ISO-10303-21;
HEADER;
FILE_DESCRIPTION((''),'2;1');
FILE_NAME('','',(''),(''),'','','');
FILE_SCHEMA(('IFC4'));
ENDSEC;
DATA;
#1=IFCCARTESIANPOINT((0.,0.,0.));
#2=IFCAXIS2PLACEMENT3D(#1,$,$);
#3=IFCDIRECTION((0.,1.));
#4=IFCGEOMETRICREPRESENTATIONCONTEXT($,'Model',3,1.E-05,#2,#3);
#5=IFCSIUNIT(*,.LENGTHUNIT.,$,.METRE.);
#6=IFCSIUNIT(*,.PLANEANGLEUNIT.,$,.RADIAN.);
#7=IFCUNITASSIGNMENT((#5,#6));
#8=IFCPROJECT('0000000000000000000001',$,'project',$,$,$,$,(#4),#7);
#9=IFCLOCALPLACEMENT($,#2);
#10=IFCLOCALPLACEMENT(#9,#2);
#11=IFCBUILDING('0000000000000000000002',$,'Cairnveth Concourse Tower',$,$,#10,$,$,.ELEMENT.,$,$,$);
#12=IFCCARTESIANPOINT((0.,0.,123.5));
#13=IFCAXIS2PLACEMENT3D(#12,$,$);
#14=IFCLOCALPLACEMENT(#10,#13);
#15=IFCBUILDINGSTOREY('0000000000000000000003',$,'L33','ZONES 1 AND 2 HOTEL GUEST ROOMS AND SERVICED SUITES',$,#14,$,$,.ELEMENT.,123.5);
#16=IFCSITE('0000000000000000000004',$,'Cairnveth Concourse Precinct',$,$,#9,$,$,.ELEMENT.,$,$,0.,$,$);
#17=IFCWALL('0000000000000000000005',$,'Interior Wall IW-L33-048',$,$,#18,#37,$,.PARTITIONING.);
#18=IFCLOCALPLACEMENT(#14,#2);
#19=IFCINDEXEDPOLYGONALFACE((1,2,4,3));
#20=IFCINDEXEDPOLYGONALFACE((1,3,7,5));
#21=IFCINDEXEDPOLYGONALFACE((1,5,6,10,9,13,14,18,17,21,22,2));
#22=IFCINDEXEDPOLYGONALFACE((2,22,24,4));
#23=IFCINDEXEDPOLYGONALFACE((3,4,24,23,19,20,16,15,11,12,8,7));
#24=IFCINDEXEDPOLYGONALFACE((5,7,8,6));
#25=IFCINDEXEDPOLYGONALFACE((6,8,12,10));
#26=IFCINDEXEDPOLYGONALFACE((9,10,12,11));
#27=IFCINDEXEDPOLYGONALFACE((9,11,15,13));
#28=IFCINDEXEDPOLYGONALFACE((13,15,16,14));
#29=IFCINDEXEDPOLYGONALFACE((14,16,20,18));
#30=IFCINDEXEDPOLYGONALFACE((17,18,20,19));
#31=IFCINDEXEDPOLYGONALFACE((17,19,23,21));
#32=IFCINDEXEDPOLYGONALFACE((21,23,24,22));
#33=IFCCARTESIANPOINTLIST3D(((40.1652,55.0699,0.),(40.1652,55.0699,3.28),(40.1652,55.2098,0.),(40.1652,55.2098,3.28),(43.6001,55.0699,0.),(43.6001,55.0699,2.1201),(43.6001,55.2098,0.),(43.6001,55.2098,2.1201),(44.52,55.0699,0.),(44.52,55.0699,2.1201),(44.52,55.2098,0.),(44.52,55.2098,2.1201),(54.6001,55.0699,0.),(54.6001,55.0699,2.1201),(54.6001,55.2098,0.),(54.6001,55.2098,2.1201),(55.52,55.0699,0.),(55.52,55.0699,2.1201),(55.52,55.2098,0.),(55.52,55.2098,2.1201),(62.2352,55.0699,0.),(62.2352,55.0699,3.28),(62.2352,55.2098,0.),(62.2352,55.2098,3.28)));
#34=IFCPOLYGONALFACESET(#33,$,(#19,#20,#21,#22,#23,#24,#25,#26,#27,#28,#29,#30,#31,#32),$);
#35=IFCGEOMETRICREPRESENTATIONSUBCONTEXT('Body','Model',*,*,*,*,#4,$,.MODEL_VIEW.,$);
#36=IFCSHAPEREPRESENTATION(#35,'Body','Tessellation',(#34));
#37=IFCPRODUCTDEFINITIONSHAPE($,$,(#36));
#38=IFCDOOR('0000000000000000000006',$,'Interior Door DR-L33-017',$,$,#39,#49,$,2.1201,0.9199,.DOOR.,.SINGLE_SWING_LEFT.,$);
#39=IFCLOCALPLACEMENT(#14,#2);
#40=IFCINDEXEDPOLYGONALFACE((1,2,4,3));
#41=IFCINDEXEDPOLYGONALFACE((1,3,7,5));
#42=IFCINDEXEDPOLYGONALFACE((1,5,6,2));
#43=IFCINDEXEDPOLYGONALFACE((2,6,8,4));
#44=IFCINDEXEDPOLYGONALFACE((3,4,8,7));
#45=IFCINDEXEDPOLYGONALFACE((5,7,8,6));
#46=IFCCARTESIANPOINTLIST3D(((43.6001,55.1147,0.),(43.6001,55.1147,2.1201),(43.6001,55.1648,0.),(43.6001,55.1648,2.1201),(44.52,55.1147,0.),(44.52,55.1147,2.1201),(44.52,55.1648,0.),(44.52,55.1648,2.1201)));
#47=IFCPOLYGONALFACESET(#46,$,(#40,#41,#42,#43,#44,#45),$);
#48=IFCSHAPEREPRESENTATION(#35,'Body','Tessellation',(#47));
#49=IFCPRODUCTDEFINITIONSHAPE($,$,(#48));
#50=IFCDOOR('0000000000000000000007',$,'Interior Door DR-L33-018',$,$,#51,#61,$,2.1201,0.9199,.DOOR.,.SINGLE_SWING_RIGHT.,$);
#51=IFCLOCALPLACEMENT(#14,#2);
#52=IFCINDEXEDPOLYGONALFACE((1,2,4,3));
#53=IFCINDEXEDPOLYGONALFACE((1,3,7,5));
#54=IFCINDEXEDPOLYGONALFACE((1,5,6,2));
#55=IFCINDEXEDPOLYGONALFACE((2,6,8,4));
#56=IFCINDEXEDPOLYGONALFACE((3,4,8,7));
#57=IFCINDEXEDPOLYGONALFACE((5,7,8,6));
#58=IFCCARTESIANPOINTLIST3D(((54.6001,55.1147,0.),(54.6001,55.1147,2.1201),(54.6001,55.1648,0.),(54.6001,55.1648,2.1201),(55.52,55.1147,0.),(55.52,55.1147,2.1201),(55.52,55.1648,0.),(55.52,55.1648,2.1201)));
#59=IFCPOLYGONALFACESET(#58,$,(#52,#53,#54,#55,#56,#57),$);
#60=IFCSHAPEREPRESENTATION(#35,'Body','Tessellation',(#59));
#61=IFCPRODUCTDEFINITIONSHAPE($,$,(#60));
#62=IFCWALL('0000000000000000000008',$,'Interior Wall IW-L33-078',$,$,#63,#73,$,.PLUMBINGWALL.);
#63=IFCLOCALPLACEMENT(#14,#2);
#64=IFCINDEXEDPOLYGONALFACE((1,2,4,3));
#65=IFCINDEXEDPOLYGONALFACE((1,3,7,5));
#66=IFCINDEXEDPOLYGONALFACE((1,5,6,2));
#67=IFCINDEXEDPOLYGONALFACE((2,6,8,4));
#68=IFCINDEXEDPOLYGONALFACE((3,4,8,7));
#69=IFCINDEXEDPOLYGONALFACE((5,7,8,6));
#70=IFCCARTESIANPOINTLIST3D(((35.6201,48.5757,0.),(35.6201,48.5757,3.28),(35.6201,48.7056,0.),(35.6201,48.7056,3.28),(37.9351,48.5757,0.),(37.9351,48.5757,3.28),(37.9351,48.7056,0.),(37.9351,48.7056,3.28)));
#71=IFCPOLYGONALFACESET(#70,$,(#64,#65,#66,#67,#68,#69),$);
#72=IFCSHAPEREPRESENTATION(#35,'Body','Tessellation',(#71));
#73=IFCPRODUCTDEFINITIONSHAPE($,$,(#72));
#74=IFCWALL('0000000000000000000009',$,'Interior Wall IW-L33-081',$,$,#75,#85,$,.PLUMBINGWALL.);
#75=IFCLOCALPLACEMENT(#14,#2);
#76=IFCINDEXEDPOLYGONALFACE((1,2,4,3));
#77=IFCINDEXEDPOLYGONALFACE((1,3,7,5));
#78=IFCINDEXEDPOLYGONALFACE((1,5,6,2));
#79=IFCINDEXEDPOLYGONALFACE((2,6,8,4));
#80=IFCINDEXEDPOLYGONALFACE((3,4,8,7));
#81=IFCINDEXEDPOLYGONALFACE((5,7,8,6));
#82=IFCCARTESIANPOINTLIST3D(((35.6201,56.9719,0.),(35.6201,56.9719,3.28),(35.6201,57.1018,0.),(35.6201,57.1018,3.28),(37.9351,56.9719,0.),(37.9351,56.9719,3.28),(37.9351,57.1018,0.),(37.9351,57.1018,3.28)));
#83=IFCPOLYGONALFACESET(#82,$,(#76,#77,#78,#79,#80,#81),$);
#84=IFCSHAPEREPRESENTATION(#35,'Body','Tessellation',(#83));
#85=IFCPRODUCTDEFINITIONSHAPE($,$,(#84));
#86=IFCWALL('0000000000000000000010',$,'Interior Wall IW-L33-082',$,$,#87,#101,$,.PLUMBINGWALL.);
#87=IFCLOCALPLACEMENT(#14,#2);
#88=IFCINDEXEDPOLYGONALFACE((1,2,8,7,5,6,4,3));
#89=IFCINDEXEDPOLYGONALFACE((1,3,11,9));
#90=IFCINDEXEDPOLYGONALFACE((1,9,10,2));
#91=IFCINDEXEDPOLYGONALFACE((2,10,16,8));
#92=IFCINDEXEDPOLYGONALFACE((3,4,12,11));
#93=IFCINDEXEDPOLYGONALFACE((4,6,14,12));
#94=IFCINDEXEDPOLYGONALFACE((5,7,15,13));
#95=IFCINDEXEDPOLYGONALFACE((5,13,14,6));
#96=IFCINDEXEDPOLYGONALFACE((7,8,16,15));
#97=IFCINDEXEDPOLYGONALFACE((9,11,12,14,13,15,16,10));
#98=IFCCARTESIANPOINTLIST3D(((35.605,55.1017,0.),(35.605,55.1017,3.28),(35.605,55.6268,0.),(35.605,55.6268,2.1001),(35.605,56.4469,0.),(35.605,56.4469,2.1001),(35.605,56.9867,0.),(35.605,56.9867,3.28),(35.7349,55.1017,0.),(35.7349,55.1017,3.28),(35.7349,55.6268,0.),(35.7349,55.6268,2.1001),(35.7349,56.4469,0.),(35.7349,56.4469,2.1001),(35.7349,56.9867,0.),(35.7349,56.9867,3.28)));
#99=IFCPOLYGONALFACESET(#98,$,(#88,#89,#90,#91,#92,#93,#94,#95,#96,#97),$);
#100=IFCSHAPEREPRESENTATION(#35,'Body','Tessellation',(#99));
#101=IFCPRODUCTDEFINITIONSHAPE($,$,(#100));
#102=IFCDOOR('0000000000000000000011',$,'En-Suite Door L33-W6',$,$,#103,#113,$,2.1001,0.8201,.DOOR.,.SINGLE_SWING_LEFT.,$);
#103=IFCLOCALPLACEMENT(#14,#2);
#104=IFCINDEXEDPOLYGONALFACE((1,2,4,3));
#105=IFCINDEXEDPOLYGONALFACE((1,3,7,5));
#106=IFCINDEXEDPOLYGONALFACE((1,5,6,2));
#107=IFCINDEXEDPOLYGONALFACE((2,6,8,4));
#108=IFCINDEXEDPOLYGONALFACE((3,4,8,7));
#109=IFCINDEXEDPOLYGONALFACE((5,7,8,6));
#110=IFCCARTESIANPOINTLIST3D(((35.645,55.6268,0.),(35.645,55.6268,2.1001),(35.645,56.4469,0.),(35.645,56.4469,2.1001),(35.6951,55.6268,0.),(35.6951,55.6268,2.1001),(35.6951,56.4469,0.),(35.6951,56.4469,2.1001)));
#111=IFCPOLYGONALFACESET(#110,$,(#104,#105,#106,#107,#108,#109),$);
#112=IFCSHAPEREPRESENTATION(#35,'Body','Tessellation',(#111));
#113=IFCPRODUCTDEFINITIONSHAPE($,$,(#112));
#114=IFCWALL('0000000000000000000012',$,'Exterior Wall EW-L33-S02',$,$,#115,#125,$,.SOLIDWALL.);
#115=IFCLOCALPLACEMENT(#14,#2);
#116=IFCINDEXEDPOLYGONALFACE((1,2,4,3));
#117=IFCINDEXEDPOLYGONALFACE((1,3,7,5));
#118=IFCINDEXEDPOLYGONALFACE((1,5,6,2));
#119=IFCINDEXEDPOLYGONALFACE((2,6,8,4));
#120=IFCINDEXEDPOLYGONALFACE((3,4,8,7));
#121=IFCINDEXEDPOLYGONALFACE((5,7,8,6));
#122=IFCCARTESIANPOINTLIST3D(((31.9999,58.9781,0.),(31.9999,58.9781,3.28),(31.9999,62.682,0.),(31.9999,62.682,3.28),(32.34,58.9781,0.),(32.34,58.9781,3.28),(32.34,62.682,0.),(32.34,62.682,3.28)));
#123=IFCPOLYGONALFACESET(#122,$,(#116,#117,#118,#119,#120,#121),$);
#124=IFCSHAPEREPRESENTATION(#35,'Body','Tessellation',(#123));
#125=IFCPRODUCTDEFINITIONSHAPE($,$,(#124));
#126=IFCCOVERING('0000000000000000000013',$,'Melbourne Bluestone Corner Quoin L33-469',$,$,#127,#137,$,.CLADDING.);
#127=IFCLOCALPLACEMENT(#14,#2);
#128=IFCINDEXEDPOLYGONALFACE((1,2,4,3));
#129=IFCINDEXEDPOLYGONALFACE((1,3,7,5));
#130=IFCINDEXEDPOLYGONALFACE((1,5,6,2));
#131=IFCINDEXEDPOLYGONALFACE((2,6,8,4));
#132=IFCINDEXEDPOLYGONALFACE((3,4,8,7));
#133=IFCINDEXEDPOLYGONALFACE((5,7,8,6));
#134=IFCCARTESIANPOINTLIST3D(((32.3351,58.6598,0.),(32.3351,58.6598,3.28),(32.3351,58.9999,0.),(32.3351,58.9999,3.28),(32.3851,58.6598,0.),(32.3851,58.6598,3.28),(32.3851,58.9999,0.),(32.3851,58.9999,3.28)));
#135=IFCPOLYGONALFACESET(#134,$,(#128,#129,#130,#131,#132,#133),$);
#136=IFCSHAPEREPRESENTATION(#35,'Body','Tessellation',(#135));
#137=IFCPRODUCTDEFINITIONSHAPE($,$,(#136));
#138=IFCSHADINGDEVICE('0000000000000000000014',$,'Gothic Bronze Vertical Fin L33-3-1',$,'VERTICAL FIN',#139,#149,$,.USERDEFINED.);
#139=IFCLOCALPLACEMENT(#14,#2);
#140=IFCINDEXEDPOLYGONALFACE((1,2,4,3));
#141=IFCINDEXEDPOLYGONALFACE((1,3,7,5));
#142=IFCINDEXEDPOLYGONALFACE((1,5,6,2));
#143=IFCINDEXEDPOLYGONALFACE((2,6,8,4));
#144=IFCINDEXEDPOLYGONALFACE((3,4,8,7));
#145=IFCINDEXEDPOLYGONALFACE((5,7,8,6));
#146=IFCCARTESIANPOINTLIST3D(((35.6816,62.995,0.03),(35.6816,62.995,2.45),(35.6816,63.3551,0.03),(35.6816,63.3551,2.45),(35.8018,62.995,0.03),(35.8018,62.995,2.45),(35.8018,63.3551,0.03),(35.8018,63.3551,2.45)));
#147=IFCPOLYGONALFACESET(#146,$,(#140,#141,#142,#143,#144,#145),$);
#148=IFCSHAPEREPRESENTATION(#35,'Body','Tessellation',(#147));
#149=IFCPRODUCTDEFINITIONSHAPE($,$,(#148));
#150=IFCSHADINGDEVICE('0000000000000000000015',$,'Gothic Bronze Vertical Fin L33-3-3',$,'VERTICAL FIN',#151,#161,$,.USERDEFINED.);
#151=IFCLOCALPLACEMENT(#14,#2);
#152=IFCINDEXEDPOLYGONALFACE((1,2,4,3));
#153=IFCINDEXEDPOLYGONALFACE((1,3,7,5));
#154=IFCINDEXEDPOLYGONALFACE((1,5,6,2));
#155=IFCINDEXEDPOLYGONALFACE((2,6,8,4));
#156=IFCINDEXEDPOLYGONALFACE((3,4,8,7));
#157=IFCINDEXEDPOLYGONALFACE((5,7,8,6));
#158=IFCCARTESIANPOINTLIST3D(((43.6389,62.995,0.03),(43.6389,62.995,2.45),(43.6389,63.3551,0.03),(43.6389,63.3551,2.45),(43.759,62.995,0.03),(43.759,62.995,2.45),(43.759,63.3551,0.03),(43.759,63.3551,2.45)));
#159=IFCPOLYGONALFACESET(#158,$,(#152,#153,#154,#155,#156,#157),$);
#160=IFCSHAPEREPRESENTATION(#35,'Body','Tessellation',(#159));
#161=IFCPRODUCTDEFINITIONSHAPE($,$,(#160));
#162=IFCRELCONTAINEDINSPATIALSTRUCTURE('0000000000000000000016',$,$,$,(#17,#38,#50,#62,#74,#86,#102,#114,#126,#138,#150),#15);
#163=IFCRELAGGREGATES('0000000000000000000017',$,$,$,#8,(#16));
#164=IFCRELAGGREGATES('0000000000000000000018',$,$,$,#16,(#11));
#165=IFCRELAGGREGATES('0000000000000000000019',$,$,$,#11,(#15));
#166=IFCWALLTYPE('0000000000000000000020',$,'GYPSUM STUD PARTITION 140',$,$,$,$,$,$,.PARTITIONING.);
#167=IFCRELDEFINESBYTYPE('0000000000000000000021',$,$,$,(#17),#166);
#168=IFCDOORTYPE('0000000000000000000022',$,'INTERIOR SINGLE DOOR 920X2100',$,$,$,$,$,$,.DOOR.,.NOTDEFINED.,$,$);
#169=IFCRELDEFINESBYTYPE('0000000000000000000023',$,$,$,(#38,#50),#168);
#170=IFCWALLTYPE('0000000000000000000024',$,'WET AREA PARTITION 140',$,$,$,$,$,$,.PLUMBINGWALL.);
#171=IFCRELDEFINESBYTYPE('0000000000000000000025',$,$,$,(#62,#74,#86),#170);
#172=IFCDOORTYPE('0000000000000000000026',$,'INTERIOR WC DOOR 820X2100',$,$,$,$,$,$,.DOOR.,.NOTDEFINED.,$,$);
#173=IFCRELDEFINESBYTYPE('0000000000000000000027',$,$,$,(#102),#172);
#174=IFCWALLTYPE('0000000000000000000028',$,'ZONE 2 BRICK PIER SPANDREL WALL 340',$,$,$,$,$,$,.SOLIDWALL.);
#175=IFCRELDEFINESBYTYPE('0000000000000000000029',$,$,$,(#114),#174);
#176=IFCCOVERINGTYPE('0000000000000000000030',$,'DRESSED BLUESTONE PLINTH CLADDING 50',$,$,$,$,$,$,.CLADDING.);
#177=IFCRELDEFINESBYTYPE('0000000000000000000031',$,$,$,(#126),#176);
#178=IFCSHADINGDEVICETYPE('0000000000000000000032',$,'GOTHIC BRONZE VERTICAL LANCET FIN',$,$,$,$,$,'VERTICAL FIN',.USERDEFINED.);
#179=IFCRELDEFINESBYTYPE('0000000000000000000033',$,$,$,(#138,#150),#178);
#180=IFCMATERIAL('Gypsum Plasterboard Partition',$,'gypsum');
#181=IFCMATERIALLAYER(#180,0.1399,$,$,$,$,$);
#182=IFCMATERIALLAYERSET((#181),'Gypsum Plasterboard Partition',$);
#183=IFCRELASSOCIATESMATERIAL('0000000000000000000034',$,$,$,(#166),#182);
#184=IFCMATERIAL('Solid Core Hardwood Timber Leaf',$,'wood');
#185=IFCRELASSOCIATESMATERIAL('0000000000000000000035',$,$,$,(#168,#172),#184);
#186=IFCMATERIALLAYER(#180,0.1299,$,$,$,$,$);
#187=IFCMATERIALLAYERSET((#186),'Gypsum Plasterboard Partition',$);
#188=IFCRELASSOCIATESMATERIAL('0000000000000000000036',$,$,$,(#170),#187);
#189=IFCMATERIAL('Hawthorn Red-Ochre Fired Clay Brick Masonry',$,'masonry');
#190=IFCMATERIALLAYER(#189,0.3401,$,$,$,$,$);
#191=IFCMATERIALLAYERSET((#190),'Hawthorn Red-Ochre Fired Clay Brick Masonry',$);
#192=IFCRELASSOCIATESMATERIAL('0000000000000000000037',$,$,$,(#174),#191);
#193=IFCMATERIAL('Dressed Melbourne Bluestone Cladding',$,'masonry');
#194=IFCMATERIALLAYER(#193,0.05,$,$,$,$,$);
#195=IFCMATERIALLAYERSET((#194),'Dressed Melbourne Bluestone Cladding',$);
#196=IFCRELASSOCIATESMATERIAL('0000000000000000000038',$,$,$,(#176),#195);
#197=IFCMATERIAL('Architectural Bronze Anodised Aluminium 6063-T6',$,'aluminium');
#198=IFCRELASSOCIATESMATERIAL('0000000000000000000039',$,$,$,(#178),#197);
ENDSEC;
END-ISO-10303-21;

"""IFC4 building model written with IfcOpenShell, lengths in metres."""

from ifc_helpers import new_model, si_unit, direction, frame, frame_2d, origin, origin_2d, place, context, subcontext, project, spatial, rectangle, extrude, material, layer, layer_set, type_object, element, fill, save


model = new_model("IFC4")

# Units and contexts
model_context = context("Model", 3, precision=1e-05, world=origin(), true_north=direction((0.0, 1.0)))
body_context = subcontext(model_context, "Body", "Model", "MODEL_VIEW")
ifc_project = project(units=[si_unit("LENGTHUNIT", "METRE"), si_unit("PLANEANGLEUNIT", "RADIAN")], contexts=[model_context])

# Site, building, storey
site_placement = place(None, origin())
site = spatial("IfcSite", under=ifc_project, at=site_placement, Name="Cairnveth Concourse Precinct", CompositionType="ELEMENT", RefElevation=0.0)
building_placement = place(site_placement, origin())
building = spatial("IfcBuilding", under=site, at=building_placement, Name="Cairnveth Concourse Tower", CompositionType="ELEMENT")
storey_placement = place(building_placement, frame((0.0, 0.0, 123.5)))
storey = spatial("IfcBuildingStorey", under=building, at=storey_placement, Name="L33", Description="ZONES 1 AND 2 HOTEL GUEST ROOMS AND SERVICED SUITES", CompositionType="ELEMENT", Elevation=123.5)

# Shared definitions
ifc_material_1 = material(Name="Gypsum Plasterboard Partition", Category="gypsum")
ifc_material_2 = material(Name="Solid Core Hardwood Timber Leaf", Category="wood")

# Wall, openings, doors
ifc_layer_1 = layer(ifc_material_1, 0.1399)
ifc_layer_set_1 = layer_set([ifc_layer_1], Name="Gypsum Plasterboard Partition")
wall_type_1 = type_object("IfcWallType", Name="GYPSUM STUD PARTITION 140", PredefinedType="PARTITIONING", material=ifc_layer_set_1)
wall_1_placement = place(storey_placement, frame((40.165, 55.1399, 0.0), z_axis=(0.0, 0.0, 1.0), x_axis=(1.0, 0.0, 0.0)))
wall_1 = element("IfcWall", 1, at=wall_1_placement, inside=storey, type_object=wall_type_1, Name="Interior Wall IW-L33-048", PredefinedType="PARTITIONING", context=body_context, shape_type="SweptSolid", body=[
    extrude(rectangle(XDim=22.0701, YDim=0.1399, at=frame_2d((11.0352, 0.0))), origin(), (0.0, 0.0, 1.0), 3.28),
])
opening_1_placement = place(wall_1_placement, frame((3.4351, 0.0, 0.0)))
opening_1 = element("IfcOpeningElement", 2, at=opening_1_placement, cuts=wall_1, PredefinedType="OPENING", context=body_context, shape_type="SweptSolid", body=[
    extrude(rectangle(XDim=0.9199, YDim=2.1201, at=frame_2d((0.46, 1.0601))), frame((0.0, 0.0798, 0.0), z_axis=(0.0, -1.0, 0.0), x_axis=(1.0, 0.0, 0.0)), (0.0, 0.0, 1.0), 0.1599),
])
opening_2_placement = place(wall_1_placement, frame((14.4351, 0.0, 0.0)))
opening_2 = element("IfcOpeningElement", 3, at=opening_2_placement, cuts=wall_1, PredefinedType="OPENING", context=body_context, shape_type="SweptSolid", body=[
    extrude(rectangle(XDim=0.9199, YDim=2.1201, at=frame_2d((0.46, 1.0601))), frame((0.0, 0.0798, 0.0), z_axis=(0.0, -1.0, 0.0), x_axis=(1.0, 0.0, 0.0)), (0.0, 0.0, 1.0), 0.1599),
])
door_type_1 = type_object("IfcDoorType", Name="INTERIOR SINGLE DOOR 920X2100", OperationType="NOTDEFINED", PredefinedType="DOOR", material=ifc_material_2)
door_1_placement = place(opening_1_placement, origin())
door_1 = element("IfcDoor", 4, at=door_1_placement, inside=storey, type_object=door_type_1, Name="Interior Door DR-L33-017", OperationType="SINGLE_SWING_LEFT", OverallHeight=2.1201, OverallWidth=0.9199, PredefinedType="DOOR", context=body_context, shape_type="SweptSolid", body=[
    extrude(rectangle(XDim=0.9199, YDim=2.1201, at=frame_2d((0.46, 1.0601))), frame((0.0, 0.0249, 0.0), z_axis=(0.0, -1.0, 0.0), x_axis=(1.0, 0.0, 0.0)), (0.0, 0.0, 1.0), 0.05),
])
fill(opening_1, door_1)
door_2_placement = place(opening_2_placement, origin())
door_2 = element("IfcDoor", 5, at=door_2_placement, inside=storey, type_object=door_type_1, Name="Interior Door DR-L33-018", OperationType="SINGLE_SWING_RIGHT", OverallHeight=2.1201, OverallWidth=0.9199, PredefinedType="DOOR", context=body_context, shape_type="SweptSolid", body=[
    extrude(rectangle(XDim=0.9199, YDim=2.1201, at=frame_2d((0.46, 1.0601))), frame((0.0, 0.0249, 0.0), z_axis=(0.0, -1.0, 0.0), x_axis=(1.0, 0.0, 0.0)), (0.0, 0.0, 1.0), 0.05),
])
fill(opening_2, door_2)

# Walls
ifc_layer_2 = layer(ifc_material_1, 0.1299)
ifc_layer_set_2 = layer_set([ifc_layer_2], Name="Gypsum Plasterboard Partition")
wall_type_2 = type_object("IfcWallType", Name="WET AREA PARTITION 140", PredefinedType="PLUMBINGWALL", material=ifc_layer_set_2)
for number, where, z_axis, x_axis, name in (
    (6, (35.6201, 48.6406, 0.0), (0.0, 0.0, 1.0), (1.0, 0.0, 0.0), "Interior Wall IW-L33-078"),
    (7, (35.6201, 57.0369, 0.0), (0.0, 0.0, 1.0), (1.0, 0.0, 0.0), "Interior Wall IW-L33-081"),
):
    element("IfcWall", number, at=place(storey_placement, frame(where, z_axis=z_axis, x_axis=x_axis)), inside=storey, type_object=wall_type_2, Name=name, PredefinedType="PLUMBINGWALL", context=body_context, shape_type="SweptSolid", body=[
        extrude(rectangle(XDim=2.3149, YDim=0.1299, at=frame_2d((1.1575, 0.0))), origin(), (0.0, 0.0, 1.0), 3.28),
    ])

# Wall, opening, door
wall_2_placement = place(storey_placement, frame((35.6699, 55.1018, 0.0), z_axis=(0.0, 0.0, 1.0), x_axis=(0.0, 1.0, 0.0)))
wall_2 = element("IfcWall", 8, at=wall_2_placement, inside=storey, type_object=wall_type_2, Name="Interior Wall IW-L33-082", PredefinedType="PLUMBINGWALL", context=body_context, shape_type="SweptSolid", body=[
    extrude(rectangle(XDim=1.885, YDim=0.1299, at=frame_2d((0.9424, 0.0))), origin(), (0.0, 0.0, 1.0), 3.28),
])
opening_3_placement = place(wall_2_placement, frame((0.5249, 0.0, 0.0)))
opening_3 = element("IfcOpeningElement", 9, at=opening_3_placement, cuts=wall_2, PredefinedType="OPENING", context=body_context, shape_type="SweptSolid", body=[
    extrude(rectangle(XDim=0.8201, YDim=2.1001, at=frame_2d((0.4102, 1.05))), frame((0.0, 0.075, 0.0), z_axis=(0.0, -1.0, 0.0), x_axis=(1.0, 0.0, 0.0)), (0.0, 0.0, 1.0), 0.1499),
])
door_type_2 = type_object("IfcDoorType", Name="INTERIOR WC DOOR 820X2100", OperationType="NOTDEFINED", PredefinedType="DOOR", material=ifc_material_2)
door_3_placement = place(opening_3_placement, origin())
door_3 = element("IfcDoor", 10, at=door_3_placement, inside=storey, type_object=door_type_2, Name="En-Suite Door L33-W6", OperationType="SINGLE_SWING_LEFT", OverallHeight=2.1001, OverallWidth=0.8201, PredefinedType="DOOR", context=body_context, shape_type="SweptSolid", body=[
    extrude(rectangle(XDim=0.8201, YDim=2.1001, at=frame_2d((0.4102, 1.05))), frame((0.0, 0.0249, 0.0), z_axis=(0.0, -1.0, 0.0), x_axis=(1.0, 0.0, 0.0)), (0.0, 0.0, 1.0), 0.05),
])
fill(opening_3, door_3)

# Wall
ifc_material_3 = material(Name="Hawthorn Red-Ochre Fired Clay Brick Masonry", Category="masonry")
ifc_layer_3 = layer(ifc_material_3, 0.3401)
ifc_layer_set_3 = layer_set([ifc_layer_3], Name="Hawthorn Red-Ochre Fired Clay Brick Masonry")
wall_type_3 = type_object("IfcWallType", Name="ZONE 2 BRICK PIER SPANDREL WALL 340", PredefinedType="SOLIDWALL", material=ifc_layer_set_3)
wall_3_placement = place(storey_placement, frame((32.1699, 58.978, 0.0), z_axis=(0.0, 0.0, 1.0), x_axis=(0.0, 1.0, 0.0)))
element("IfcWall", 11, at=wall_3_placement, inside=storey, type_object=wall_type_3, Name="Exterior Wall EW-L33-S02", PredefinedType="SOLIDWALL", context=body_context, shape_type="SweptSolid", body=[
    extrude(rectangle(XDim=3.7039, YDim=0.3401, at=frame_2d((1.8521, 0.0))), origin(), (0.0, 0.0, 1.0), 3.28),
])

# Covering
ifc_material_4 = material(Name="Dressed Melbourne Bluestone Cladding", Category="masonry")
ifc_layer_4 = layer(ifc_material_4, 0.05)
ifc_layer_set_4 = layer_set([ifc_layer_4], Name="Dressed Melbourne Bluestone Cladding")
covering_type = type_object("IfcCoveringType", Name="DRESSED BLUESTONE PLINTH CLADDING 50", PredefinedType="CLADDING", material=ifc_layer_set_4)
covering_placement = place(storey_placement, frame((32.3601, 58.6599, 0.0), z_axis=(0.0, 0.0, 1.0), x_axis=(0.0, 1.0, 0.0)))
element("IfcCovering", 12, at=covering_placement, inside=storey, type_object=covering_type, Name="Melbourne Bluestone Corner Quoin L33-469", PredefinedType="CLADDING", context=body_context, shape_type="SweptSolid", body=[
    extrude(rectangle(XDim=0.3401, YDim=0.05, at=frame_2d((0.1699, 0.0))), origin(), (0.0, 0.0, 1.0), 3.28),
])

# Shading devices
ifc_material_5 = material(Name="Architectural Bronze Anodised Aluminium 6063-T6", Category="aluminium")
shading_device_type = type_object("IfcShadingDeviceType", Name="GOTHIC BRONZE VERTICAL LANCET FIN", ElementType="VERTICAL FIN", PredefinedType="USERDEFINED", material=ifc_material_5)
for number, where, z_axis, x_axis, name in (
    (13, (35.7417, 63.175, 0.03), (0.0, 0.0, 1.0), (1.0, 0.0, 0.0), "Gothic Bronze Vertical Fin L33-3-1"),
    (14, (43.699, 63.175, 0.03), (0.0, 0.0, 1.0), (1.0, 0.0, 0.0), "Gothic Bronze Vertical Fin L33-3-3"),
):
    element("IfcShadingDevice", number, at=place(storey_placement, frame(where, z_axis=z_axis, x_axis=x_axis)), inside=storey, type_object=shading_device_type, Name=name, ObjectType="VERTICAL FIN", PredefinedType="USERDEFINED", context=body_context, shape_type="SweptSolid", body=[
        extrude(rectangle(XDim=0.1201, YDim=0.3601, at=origin_2d()), origin(), (0.0, 0.0, 1.0), 2.4199),
    ])

save(model, "model.ifc")
